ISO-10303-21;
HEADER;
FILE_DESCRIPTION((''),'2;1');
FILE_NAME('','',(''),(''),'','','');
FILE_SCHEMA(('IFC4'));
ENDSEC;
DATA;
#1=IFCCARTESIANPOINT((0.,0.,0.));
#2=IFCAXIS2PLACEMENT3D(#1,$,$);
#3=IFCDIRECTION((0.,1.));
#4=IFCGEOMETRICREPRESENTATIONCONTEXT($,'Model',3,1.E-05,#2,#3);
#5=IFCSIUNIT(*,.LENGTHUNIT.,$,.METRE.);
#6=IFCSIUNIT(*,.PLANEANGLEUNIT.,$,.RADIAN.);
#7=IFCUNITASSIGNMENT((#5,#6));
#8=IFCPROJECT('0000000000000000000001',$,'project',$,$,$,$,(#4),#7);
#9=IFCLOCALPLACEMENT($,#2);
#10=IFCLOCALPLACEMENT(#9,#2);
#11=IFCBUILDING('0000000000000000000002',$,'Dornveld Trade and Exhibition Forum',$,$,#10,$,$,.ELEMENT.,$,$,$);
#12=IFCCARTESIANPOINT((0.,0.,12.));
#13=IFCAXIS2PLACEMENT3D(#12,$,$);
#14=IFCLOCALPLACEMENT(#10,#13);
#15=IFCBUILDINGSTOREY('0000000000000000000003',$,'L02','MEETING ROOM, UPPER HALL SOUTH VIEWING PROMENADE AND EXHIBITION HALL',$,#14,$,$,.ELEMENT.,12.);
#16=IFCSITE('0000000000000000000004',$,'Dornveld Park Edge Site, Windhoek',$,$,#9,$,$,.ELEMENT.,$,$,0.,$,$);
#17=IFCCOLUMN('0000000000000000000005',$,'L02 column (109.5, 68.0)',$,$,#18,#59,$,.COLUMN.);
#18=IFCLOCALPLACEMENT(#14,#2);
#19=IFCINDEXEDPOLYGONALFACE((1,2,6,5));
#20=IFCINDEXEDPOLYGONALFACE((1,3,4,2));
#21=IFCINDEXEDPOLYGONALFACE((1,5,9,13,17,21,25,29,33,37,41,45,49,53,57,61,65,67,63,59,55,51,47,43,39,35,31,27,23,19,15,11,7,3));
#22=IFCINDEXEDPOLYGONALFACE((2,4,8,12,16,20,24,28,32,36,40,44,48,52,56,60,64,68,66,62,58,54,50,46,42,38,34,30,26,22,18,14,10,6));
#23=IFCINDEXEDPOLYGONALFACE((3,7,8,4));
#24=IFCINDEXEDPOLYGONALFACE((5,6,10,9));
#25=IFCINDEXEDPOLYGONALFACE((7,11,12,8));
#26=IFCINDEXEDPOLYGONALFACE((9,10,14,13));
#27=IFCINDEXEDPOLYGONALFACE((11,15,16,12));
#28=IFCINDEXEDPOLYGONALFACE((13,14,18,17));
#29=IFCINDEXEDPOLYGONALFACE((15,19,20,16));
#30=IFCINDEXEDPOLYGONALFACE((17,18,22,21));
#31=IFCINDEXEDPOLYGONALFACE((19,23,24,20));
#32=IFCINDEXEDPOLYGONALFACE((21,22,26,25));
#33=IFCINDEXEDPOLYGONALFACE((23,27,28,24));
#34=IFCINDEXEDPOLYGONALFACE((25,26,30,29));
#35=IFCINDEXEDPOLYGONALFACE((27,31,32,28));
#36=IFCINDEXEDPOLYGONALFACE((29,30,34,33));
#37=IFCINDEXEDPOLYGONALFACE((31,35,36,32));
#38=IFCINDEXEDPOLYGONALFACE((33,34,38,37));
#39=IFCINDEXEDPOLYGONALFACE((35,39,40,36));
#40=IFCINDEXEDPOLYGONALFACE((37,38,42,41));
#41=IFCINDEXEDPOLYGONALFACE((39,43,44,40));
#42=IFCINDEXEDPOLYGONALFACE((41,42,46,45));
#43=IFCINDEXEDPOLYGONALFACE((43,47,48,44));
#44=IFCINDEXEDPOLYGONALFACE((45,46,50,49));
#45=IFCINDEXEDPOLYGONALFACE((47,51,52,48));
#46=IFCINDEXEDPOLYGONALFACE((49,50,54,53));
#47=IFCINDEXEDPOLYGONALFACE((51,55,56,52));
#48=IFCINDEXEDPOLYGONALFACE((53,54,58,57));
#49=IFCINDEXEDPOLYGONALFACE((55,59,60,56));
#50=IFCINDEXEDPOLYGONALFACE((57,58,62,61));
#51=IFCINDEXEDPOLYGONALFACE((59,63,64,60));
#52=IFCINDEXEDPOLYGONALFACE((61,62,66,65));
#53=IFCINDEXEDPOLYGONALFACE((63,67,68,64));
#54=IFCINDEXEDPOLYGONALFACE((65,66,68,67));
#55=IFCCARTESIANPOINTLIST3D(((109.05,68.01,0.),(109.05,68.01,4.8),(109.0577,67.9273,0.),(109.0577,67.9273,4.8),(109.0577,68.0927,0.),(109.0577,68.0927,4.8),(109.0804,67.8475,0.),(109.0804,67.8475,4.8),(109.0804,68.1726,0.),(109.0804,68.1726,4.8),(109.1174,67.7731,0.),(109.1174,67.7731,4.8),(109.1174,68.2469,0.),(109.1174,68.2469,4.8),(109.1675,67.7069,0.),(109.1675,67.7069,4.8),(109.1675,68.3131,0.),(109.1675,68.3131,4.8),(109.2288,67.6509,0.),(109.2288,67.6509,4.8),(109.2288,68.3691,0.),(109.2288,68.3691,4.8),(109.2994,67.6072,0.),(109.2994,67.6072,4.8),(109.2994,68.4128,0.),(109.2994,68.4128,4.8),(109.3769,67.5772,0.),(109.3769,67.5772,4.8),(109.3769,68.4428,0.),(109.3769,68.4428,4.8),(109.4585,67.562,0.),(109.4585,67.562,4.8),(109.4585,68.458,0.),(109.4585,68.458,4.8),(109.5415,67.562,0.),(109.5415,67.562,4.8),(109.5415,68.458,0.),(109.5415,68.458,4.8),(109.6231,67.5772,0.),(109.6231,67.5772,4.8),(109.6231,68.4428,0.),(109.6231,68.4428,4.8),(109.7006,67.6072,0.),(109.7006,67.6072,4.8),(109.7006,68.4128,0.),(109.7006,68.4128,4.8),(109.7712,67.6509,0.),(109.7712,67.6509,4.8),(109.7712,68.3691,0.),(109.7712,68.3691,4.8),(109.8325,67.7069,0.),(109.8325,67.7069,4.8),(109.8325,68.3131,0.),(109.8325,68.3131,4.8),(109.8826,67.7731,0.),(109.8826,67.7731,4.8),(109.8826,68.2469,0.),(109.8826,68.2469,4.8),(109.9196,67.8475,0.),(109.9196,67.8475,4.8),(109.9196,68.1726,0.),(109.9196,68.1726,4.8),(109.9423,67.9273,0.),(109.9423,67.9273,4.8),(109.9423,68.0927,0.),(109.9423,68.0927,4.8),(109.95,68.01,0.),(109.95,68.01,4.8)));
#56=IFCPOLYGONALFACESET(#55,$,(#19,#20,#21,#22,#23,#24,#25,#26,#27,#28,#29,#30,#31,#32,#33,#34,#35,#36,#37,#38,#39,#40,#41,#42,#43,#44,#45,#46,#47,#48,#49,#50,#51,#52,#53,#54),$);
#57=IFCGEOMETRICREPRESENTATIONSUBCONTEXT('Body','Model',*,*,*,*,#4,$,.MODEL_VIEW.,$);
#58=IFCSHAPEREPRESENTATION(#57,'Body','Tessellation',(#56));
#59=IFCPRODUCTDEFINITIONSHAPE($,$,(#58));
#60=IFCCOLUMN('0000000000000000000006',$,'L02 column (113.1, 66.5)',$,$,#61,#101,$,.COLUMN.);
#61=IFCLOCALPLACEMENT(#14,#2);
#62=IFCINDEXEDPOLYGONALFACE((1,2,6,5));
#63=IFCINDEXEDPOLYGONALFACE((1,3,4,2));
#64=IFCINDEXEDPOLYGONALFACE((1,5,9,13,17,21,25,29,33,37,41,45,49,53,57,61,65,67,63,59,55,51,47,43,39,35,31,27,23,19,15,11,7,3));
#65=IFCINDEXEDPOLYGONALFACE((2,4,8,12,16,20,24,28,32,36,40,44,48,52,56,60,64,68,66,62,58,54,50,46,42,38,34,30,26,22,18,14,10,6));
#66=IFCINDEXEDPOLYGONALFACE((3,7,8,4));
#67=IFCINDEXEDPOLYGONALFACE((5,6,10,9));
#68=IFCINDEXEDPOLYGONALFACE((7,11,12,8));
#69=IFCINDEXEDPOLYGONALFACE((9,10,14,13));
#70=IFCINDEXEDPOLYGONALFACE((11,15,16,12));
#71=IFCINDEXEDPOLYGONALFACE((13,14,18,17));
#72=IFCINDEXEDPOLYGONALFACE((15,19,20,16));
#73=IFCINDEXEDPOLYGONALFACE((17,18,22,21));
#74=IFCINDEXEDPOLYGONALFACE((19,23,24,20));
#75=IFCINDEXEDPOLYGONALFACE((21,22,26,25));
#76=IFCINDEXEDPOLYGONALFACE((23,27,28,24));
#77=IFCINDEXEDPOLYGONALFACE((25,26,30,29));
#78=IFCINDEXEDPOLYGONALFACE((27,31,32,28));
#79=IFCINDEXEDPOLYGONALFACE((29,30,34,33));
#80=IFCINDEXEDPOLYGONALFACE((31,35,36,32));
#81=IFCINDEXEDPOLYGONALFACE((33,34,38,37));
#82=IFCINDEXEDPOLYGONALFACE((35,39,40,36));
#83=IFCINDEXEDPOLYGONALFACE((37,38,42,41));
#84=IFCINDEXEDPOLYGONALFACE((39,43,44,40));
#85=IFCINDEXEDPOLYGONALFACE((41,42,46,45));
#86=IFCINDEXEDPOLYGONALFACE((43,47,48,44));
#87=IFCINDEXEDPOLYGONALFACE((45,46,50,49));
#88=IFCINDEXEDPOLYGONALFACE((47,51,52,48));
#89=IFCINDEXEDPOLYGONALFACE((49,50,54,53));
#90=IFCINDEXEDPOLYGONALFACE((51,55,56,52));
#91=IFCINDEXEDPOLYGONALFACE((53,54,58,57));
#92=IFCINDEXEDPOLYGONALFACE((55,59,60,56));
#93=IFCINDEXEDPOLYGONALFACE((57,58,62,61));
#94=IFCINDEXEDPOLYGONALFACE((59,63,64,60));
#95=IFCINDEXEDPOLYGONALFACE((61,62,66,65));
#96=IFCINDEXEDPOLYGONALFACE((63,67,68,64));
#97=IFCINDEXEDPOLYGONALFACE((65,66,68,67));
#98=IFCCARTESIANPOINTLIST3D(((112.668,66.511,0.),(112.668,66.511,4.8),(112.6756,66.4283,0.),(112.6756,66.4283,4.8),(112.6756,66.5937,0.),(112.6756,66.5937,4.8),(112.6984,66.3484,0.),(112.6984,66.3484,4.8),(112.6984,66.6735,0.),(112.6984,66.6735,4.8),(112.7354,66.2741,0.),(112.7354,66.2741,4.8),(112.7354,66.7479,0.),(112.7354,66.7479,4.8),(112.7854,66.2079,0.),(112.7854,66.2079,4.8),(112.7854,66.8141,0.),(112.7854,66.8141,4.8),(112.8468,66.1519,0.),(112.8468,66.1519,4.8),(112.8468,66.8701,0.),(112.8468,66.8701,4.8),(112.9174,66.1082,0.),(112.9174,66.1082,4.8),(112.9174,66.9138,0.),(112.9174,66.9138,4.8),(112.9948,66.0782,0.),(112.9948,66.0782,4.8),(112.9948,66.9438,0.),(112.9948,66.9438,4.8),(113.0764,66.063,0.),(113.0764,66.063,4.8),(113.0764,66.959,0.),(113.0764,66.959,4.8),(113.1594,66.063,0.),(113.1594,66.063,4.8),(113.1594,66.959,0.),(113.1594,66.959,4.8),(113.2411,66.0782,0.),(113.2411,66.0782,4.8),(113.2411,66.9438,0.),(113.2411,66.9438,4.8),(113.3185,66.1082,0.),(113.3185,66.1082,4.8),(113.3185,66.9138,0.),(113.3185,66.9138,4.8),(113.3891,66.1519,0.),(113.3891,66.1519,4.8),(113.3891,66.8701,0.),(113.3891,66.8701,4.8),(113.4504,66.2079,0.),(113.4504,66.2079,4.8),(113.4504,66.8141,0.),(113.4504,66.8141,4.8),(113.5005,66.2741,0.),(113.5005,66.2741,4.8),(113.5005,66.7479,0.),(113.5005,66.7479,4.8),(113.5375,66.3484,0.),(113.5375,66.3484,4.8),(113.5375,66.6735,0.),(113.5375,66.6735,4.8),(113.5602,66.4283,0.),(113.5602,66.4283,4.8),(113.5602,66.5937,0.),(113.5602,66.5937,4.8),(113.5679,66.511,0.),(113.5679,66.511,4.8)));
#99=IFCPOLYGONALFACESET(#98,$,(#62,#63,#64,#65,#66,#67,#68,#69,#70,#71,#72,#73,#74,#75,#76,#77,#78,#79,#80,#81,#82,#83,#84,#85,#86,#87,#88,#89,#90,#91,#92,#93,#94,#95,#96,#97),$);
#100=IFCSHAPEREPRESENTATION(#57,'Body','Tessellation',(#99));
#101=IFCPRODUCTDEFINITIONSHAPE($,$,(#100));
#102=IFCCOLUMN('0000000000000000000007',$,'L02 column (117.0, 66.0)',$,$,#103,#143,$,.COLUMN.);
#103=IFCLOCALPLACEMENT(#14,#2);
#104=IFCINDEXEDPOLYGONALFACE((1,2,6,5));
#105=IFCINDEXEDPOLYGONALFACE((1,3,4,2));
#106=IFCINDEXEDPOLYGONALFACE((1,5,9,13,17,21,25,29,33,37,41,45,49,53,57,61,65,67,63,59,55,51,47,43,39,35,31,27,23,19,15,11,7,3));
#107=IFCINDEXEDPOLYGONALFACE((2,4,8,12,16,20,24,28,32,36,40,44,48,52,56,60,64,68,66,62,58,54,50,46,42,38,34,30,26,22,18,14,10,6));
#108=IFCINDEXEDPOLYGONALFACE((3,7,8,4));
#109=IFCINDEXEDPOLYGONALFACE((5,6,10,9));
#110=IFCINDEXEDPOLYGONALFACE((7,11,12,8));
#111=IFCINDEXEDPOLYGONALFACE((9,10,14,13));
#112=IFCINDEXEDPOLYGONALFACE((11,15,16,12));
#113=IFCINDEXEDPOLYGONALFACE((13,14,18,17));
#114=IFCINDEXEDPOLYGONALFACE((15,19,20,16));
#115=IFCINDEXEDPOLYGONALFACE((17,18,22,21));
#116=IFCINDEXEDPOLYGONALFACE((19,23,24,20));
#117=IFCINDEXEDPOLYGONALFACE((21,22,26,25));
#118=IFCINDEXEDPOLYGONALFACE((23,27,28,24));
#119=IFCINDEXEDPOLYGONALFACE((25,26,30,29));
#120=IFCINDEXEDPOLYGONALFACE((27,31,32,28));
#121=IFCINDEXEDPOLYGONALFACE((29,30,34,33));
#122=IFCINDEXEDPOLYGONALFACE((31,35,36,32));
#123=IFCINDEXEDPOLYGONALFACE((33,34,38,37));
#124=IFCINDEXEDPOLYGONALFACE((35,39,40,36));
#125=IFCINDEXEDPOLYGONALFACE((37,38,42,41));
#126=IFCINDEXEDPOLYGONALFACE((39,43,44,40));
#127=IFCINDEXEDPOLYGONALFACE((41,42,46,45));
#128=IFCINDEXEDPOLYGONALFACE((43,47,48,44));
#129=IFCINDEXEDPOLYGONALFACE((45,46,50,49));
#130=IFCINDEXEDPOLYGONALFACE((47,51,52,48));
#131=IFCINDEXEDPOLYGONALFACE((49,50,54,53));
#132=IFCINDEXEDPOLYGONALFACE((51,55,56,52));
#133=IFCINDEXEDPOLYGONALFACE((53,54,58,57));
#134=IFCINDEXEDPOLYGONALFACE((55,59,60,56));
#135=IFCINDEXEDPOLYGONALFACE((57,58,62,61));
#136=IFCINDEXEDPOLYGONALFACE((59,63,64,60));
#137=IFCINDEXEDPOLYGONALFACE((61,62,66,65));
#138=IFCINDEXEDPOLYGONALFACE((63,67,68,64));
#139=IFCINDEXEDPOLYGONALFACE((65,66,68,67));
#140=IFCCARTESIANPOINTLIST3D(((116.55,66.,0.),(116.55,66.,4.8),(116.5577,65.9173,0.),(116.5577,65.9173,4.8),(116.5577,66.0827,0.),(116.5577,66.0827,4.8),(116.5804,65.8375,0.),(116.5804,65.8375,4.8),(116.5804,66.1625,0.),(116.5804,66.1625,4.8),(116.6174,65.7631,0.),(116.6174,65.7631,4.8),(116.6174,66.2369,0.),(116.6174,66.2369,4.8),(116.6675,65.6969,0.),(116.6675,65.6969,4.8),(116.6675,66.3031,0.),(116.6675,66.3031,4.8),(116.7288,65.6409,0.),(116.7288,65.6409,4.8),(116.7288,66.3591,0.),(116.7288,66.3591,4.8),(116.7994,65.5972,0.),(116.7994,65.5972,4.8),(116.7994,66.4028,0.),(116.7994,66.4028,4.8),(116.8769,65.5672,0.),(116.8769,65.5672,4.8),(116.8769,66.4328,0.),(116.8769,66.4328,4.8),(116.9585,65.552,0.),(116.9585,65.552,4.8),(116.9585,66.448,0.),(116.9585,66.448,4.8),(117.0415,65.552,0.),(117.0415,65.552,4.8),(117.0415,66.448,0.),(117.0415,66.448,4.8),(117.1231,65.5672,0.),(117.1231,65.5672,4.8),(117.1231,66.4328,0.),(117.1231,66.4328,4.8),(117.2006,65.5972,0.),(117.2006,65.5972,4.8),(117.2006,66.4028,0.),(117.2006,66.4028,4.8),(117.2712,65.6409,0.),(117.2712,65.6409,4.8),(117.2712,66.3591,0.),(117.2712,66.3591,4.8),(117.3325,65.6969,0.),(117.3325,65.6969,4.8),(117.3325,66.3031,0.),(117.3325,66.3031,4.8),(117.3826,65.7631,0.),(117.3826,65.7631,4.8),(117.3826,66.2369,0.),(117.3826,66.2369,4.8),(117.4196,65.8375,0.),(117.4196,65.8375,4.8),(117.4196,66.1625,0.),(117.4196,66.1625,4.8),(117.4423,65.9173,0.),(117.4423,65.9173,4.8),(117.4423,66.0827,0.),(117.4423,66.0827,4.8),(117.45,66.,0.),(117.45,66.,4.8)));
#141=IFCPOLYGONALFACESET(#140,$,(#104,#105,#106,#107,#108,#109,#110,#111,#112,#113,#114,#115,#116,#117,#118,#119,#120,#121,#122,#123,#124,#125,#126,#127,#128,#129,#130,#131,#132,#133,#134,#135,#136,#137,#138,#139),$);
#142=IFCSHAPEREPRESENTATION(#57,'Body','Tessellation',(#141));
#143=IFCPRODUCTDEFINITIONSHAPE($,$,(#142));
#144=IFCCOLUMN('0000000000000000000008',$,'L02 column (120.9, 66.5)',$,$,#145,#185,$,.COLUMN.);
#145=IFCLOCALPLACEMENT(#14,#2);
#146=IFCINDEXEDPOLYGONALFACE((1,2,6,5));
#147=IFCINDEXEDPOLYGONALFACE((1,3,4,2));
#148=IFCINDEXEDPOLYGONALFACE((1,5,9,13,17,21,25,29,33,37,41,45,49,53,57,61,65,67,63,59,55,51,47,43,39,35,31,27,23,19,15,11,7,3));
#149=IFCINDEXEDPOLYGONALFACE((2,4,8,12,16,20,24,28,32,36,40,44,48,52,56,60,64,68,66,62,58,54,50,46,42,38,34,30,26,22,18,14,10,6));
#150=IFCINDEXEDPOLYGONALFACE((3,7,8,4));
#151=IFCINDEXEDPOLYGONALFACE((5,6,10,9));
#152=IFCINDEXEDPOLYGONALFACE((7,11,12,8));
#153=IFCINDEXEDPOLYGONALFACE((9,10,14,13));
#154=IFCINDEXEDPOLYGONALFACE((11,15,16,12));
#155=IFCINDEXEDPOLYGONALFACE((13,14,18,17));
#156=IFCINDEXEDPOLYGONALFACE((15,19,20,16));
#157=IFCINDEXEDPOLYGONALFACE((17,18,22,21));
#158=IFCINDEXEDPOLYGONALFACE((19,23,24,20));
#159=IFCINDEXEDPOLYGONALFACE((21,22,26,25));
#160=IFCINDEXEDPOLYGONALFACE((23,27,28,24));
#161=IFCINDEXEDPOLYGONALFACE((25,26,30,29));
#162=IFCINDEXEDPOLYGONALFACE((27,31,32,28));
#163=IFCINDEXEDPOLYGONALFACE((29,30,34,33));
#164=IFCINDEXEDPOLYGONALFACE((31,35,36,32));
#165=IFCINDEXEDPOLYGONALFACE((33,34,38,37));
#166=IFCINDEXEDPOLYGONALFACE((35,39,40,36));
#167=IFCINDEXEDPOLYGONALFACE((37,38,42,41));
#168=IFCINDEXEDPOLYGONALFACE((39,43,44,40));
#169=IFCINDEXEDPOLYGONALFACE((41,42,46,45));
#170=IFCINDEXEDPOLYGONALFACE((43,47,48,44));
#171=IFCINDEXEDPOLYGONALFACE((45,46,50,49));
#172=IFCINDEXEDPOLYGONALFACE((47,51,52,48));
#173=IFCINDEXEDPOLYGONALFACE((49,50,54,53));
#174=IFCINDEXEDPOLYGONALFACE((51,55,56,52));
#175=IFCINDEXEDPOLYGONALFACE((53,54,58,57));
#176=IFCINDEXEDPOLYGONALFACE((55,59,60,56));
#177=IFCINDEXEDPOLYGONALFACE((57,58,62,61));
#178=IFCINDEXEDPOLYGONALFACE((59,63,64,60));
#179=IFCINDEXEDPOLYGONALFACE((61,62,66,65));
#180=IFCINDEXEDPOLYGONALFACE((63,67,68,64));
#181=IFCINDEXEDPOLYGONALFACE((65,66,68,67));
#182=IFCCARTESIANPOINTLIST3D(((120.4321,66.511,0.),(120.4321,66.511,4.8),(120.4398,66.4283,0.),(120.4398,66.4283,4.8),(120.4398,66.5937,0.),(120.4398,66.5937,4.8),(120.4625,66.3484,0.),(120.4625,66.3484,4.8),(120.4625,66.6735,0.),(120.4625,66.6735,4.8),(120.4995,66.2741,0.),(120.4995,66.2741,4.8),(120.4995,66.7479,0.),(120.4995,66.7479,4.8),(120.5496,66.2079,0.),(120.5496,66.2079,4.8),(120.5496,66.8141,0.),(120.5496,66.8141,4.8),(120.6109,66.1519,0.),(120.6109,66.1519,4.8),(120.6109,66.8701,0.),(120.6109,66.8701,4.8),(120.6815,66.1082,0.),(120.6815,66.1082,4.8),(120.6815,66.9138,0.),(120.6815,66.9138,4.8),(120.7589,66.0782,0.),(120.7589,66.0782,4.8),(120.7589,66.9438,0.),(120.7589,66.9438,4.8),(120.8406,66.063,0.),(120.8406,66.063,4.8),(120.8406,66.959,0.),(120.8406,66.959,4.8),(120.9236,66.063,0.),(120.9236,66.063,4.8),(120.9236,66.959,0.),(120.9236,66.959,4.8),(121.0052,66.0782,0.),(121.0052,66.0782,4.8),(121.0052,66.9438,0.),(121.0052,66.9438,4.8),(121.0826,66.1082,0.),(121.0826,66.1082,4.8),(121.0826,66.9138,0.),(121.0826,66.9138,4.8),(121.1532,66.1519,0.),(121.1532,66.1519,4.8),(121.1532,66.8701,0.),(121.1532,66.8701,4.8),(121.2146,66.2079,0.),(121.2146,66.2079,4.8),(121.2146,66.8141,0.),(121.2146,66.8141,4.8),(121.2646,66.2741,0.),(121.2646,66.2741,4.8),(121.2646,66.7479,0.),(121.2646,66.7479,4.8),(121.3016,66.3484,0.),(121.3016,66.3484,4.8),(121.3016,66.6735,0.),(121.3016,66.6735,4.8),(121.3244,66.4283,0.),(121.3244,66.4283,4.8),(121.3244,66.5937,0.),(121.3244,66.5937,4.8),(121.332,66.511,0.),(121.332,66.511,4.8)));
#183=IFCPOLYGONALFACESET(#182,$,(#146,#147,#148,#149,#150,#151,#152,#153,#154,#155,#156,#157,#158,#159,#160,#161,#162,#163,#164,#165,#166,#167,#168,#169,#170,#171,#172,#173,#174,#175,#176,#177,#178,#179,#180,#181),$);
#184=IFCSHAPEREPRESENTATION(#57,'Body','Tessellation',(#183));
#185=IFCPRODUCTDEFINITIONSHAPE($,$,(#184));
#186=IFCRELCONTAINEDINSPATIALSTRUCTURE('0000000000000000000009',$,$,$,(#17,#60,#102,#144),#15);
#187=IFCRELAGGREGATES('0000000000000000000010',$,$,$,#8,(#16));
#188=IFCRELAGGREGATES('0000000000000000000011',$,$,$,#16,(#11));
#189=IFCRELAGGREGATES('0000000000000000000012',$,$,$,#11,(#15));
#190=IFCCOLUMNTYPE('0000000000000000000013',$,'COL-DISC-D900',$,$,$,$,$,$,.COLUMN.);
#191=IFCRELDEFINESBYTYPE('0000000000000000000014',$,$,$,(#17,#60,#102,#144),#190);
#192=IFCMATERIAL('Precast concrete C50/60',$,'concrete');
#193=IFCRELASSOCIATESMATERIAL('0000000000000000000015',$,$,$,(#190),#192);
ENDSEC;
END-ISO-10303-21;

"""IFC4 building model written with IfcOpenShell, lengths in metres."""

from ifc_helpers import new_model, si_unit, direction, frame, origin, origin_2d, place, context, subcontext, project, spatial, circle, extrude, material, material_profile, profile_set, type_object, element, save


model = new_model("IFC4")

# Units and contexts
model_context = context("Model", 3, precision=1e-05, world=origin(), true_north=direction((0.0, 1.0)))
body_context = subcontext(model_context, "Body", "Model", "MODEL_VIEW")
ifc_project = project(units=[si_unit("LENGTHUNIT", "METRE"), si_unit("PLANEANGLEUNIT", "RADIAN")], contexts=[model_context])

# Site, building, storey
site_placement = place(None, origin())
site = spatial("IfcSite", under=ifc_project, at=site_placement, Name="Dornveld Park Edge Site, Windhoek", CompositionType="ELEMENT", RefElevation=0.0)
building_placement = place(site_placement, origin())
building = spatial("IfcBuilding", under=site, at=building_placement, Name="Dornveld Trade and Exhibition Forum", CompositionType="ELEMENT")
storey_placement = place(building_placement, frame((0.0, 0.0, 12.0)))
storey = spatial("IfcBuildingStorey", under=building, at=storey_placement, Name="L02", Description="MEETING ROOM, UPPER HALL SOUTH VIEWING PROMENADE AND EXHIBITION HALL", CompositionType="ELEMENT", Elevation=12.0)

# Columns
ifc_material_1 = material(Name="Precast concrete C50/60", Category="concrete")
ifc_material_profile_1 = material_profile(ifc_material_1, circle(Radius=0.45, at=origin_2d()), Name="PC-COL D900")
ifc_profile_set_1 = profile_set([ifc_material_profile_1], Name="Precast concrete C50/60")
column_type_1 = type_object("IfcColumnType", Name="COL-DISC-D900", PredefinedType="COLUMN", material=ifc_profile_set_1)
for number, where, z_axis, x_axis, name in (
    (1, (109.5, 68.01, 0.0), (0.0, 0.0, 1.0), (1.0, 0.0, 0.0), "L02 column (109.5, 68.0)"),
    (2, (113.1179, 66.511, 0.0), (0.0, 0.0, 1.0), (1.0, 0.0, 0.0), "L02 column (113.1, 66.5)"),
    (3, (117.0, 66.0, 0.0), (0.0, 0.0, 1.0), (1.0, 0.0, 0.0), "L02 column (117.0, 66.0)"),
    (4, (120.8821, 66.511, 0.0), (0.0, 0.0, 1.0), (1.0, 0.0, 0.0), "L02 column (120.9, 66.5)"),
):
    element("IfcColumn", number, at=place(storey_placement, frame(where, z_axis=z_axis, x_axis=x_axis)), inside=storey, type_object=column_type_1, Name=name, PredefinedType="COLUMN", context=body_context, shape_type="SweptSolid", body=[
        extrude(circle(Radius=0.45, at=origin_2d()), origin(), (0.0, 0.0, 1.0), 4.8),
    ])

save(model, "model.ifc")
